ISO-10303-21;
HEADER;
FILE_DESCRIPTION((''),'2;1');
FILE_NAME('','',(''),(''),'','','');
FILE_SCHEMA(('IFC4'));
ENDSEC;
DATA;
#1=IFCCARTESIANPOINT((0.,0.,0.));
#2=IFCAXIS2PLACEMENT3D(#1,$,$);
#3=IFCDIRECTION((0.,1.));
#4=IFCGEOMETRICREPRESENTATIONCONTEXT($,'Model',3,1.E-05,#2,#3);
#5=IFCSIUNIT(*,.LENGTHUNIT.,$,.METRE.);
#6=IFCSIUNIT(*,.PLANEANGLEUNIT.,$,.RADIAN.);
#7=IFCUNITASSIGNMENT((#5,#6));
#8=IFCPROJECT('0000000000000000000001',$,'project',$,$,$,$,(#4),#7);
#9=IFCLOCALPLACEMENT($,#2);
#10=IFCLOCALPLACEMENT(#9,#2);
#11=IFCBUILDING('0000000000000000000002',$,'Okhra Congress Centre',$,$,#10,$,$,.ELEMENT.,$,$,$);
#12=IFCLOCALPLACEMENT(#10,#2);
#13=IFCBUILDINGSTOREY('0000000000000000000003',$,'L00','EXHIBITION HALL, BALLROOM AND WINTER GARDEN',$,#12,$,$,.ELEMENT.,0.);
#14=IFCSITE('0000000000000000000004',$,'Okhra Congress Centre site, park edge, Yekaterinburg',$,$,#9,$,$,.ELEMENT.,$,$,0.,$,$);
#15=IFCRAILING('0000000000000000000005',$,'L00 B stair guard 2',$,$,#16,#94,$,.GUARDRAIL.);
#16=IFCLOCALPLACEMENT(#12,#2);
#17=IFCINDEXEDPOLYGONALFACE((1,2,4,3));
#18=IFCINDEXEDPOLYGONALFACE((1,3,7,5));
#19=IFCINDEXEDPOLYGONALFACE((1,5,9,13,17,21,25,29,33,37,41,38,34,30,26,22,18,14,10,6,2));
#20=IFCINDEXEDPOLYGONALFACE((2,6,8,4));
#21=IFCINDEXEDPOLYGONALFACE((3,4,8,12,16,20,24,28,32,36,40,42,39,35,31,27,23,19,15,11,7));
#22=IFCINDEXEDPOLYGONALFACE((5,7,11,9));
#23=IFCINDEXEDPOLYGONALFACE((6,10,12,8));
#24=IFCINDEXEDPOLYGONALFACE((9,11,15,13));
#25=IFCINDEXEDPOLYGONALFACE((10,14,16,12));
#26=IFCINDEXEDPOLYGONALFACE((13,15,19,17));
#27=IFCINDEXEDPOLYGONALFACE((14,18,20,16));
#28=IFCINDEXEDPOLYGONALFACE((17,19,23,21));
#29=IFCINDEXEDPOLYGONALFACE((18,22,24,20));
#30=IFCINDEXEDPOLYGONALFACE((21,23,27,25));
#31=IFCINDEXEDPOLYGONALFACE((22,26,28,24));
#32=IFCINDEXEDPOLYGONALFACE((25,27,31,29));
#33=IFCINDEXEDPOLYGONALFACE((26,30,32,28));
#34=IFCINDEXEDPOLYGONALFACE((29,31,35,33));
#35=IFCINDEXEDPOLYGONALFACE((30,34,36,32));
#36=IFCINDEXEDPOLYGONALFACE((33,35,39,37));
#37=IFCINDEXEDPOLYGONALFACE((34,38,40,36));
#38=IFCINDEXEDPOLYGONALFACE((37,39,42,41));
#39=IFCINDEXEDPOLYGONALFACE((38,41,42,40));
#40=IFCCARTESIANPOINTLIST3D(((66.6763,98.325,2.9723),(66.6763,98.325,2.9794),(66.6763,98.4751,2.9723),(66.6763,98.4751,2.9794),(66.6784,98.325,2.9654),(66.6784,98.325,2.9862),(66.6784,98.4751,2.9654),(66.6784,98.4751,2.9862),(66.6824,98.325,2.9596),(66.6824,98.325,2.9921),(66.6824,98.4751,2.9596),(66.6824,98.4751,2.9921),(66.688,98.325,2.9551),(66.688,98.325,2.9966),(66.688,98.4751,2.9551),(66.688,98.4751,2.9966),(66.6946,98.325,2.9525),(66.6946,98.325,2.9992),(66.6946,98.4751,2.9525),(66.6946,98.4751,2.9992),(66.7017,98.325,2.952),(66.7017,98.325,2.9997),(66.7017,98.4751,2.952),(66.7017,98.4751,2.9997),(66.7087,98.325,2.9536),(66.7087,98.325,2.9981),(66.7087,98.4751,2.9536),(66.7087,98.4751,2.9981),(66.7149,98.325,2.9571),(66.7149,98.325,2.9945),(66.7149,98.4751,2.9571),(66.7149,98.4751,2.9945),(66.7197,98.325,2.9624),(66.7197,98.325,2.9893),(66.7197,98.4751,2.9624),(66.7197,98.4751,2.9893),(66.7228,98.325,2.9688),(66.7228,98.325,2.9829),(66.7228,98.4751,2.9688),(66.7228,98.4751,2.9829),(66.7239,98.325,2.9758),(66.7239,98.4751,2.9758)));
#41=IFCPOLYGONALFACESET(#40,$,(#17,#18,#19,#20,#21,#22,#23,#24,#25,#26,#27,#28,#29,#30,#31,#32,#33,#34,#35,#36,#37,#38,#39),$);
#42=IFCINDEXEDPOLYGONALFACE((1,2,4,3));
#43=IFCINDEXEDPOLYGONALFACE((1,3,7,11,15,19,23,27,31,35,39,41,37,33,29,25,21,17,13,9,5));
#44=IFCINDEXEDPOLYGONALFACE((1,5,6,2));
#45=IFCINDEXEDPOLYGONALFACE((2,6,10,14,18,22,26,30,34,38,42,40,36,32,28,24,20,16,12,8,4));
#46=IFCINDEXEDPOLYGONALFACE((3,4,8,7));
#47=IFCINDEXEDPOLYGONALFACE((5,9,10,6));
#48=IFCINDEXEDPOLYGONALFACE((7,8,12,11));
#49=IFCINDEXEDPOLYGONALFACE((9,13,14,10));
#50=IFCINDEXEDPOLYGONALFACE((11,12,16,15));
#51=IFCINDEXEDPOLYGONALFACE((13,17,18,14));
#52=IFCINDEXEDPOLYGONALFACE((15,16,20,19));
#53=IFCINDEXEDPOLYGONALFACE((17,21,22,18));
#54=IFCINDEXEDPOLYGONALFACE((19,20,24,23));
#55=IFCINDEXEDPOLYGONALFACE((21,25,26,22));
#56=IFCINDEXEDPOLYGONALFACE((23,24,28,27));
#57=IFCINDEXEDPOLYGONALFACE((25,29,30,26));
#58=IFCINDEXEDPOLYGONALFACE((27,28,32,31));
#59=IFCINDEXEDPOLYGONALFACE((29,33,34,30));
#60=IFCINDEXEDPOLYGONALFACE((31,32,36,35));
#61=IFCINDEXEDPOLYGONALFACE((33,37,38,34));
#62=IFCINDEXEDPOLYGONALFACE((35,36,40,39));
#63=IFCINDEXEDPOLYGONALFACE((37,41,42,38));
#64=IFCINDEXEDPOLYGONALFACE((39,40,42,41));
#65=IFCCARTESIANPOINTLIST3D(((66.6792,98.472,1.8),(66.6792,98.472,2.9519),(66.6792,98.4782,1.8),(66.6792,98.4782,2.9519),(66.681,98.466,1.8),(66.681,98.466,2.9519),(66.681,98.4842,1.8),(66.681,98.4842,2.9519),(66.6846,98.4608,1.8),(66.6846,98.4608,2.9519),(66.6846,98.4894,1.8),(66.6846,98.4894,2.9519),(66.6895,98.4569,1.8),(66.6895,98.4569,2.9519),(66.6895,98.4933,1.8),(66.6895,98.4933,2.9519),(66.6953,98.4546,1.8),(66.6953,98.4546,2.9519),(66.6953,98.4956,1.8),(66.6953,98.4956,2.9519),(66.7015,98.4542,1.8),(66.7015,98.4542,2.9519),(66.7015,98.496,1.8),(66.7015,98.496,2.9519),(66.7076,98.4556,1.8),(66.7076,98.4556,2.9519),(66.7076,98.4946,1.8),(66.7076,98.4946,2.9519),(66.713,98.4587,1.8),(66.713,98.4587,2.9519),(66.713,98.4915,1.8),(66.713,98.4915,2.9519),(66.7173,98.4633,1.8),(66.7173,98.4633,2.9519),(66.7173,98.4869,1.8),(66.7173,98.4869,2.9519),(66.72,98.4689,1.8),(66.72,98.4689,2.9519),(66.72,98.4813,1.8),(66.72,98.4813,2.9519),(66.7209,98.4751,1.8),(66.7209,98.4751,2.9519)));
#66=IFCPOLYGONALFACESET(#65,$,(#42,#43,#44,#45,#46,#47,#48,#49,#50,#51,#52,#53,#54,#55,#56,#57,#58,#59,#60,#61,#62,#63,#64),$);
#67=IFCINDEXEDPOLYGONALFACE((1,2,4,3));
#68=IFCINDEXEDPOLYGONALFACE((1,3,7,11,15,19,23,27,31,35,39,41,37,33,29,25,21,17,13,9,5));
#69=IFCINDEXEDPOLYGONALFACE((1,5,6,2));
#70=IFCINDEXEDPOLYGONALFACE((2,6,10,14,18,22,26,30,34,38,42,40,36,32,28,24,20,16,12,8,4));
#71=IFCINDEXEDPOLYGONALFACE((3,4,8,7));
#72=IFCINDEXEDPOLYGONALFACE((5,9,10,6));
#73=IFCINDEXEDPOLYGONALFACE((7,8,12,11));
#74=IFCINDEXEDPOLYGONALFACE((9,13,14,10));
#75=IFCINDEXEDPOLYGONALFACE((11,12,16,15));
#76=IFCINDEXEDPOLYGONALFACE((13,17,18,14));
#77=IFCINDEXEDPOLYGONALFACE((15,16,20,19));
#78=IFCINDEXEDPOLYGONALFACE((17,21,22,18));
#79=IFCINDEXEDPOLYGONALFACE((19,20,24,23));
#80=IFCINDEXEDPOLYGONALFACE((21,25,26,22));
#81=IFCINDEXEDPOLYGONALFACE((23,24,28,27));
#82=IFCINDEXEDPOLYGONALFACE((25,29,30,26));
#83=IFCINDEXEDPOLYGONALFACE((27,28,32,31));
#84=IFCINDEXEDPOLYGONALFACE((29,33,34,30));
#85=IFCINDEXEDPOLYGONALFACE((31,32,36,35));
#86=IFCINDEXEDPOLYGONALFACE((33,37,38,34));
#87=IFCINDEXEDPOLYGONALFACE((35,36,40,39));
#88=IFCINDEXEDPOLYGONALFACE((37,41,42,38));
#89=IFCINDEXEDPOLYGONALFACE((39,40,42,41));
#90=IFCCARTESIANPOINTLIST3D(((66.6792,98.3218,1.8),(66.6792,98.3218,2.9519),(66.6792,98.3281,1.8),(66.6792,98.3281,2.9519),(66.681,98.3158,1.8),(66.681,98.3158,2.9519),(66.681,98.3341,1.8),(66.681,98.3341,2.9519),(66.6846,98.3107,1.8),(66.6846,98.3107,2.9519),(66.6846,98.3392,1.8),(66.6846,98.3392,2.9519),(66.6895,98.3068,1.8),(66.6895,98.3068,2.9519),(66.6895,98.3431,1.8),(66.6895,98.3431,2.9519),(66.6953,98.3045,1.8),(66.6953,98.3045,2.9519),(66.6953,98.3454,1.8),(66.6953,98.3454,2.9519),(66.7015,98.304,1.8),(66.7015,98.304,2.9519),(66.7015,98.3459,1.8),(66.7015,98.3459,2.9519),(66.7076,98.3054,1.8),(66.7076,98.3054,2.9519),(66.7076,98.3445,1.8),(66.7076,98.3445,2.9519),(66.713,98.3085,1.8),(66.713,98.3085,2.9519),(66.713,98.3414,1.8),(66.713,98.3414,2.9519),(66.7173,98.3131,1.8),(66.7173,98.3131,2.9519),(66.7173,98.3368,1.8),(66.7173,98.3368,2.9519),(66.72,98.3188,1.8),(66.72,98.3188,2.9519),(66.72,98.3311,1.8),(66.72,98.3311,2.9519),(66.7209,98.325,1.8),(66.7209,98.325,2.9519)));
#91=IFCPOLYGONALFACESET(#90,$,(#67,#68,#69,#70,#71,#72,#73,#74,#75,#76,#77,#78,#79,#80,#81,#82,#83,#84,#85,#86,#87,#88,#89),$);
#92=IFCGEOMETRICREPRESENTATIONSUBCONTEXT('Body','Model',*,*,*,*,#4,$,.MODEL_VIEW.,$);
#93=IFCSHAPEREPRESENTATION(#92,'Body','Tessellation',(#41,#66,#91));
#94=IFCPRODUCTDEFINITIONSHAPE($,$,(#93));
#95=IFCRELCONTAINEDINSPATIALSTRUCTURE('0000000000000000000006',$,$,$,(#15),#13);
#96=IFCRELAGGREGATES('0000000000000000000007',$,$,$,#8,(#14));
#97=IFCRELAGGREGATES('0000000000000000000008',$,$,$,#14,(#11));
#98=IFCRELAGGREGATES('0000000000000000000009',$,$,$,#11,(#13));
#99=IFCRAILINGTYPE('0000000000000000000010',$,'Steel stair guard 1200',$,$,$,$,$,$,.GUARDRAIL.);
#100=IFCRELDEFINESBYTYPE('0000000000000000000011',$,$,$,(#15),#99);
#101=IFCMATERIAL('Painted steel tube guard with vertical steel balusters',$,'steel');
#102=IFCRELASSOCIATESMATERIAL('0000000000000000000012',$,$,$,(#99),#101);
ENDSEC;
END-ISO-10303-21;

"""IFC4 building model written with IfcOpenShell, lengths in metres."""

from ifc_helpers import new_model, si_unit, direction, frame, origin, origin_2d, place, context, subcontext, project, spatial, circle, extrude, material, type_object, element, save


model = new_model("IFC4")

# Units and contexts
model_context = context("Model", 3, precision=1e-05, world=origin(), true_north=direction((0.0, 1.0)))
body_context = subcontext(model_context, "Body", "Model", "MODEL_VIEW")
ifc_project = project(units=[si_unit("LENGTHUNIT", "METRE"), si_unit("PLANEANGLEUNIT", "RADIAN")], contexts=[model_context])

# Site, building, storey
site_placement = place(None, origin())
site = spatial("IfcSite", under=ifc_project, at=site_placement, Name="Okhra Congress Centre site, park edge, Yekaterinburg", CompositionType="ELEMENT", RefElevation=0.0)
building_placement = place(site_placement, origin())
building = spatial("IfcBuilding", under=site, at=building_placement, Name="Okhra Congress Centre", CompositionType="ELEMENT")
storey_placement = place(building_placement, origin())
storey = spatial("IfcBuildingStorey", under=building, at=storey_placement, Name="L00", Description="EXHIBITION HALL, BALLROOM AND WINTER GARDEN", CompositionType="ELEMENT", Elevation=0.0)

# Railing
ifc_material_1 = material(Name="Painted steel tube guard with vertical steel balusters", Category="steel")
railing_type_1 = type_object("IfcRailingType", Name="Steel stair guard 1200", PredefinedType="GUARDRAIL", material=ifc_material_1)
railing_1_placement = place(storey_placement, frame((66.7, 98.4751, 1.8)))
element("IfcRailing", 1, at=railing_1_placement, inside=storey, type_object=railing_type_1, Name="L00 B stair guard 2", PredefinedType="GUARDRAIL", context=body_context, shape_type="SweptSolid", body=[
    extrude(circle(Radius=0.0239, at=origin_2d()), frame((0.0, 0.0, 1.1758), z_axis=(0.0, -1.0, 0.0), x_axis=(1.0, 0.0, 0.0)), (0.0, 0.0, 1.0), 0.1501),
    extrude(circle(Radius=0.021, at=origin_2d()), origin(), (0.0, 0.0, 1.0), 1.1519),
    extrude(circle(Radius=0.021, at=origin_2d()), frame((0.0, -0.1501, 0.0)), (0.0, 0.0, 1.0), 1.1519),
])

save(model, "model.ifc")
